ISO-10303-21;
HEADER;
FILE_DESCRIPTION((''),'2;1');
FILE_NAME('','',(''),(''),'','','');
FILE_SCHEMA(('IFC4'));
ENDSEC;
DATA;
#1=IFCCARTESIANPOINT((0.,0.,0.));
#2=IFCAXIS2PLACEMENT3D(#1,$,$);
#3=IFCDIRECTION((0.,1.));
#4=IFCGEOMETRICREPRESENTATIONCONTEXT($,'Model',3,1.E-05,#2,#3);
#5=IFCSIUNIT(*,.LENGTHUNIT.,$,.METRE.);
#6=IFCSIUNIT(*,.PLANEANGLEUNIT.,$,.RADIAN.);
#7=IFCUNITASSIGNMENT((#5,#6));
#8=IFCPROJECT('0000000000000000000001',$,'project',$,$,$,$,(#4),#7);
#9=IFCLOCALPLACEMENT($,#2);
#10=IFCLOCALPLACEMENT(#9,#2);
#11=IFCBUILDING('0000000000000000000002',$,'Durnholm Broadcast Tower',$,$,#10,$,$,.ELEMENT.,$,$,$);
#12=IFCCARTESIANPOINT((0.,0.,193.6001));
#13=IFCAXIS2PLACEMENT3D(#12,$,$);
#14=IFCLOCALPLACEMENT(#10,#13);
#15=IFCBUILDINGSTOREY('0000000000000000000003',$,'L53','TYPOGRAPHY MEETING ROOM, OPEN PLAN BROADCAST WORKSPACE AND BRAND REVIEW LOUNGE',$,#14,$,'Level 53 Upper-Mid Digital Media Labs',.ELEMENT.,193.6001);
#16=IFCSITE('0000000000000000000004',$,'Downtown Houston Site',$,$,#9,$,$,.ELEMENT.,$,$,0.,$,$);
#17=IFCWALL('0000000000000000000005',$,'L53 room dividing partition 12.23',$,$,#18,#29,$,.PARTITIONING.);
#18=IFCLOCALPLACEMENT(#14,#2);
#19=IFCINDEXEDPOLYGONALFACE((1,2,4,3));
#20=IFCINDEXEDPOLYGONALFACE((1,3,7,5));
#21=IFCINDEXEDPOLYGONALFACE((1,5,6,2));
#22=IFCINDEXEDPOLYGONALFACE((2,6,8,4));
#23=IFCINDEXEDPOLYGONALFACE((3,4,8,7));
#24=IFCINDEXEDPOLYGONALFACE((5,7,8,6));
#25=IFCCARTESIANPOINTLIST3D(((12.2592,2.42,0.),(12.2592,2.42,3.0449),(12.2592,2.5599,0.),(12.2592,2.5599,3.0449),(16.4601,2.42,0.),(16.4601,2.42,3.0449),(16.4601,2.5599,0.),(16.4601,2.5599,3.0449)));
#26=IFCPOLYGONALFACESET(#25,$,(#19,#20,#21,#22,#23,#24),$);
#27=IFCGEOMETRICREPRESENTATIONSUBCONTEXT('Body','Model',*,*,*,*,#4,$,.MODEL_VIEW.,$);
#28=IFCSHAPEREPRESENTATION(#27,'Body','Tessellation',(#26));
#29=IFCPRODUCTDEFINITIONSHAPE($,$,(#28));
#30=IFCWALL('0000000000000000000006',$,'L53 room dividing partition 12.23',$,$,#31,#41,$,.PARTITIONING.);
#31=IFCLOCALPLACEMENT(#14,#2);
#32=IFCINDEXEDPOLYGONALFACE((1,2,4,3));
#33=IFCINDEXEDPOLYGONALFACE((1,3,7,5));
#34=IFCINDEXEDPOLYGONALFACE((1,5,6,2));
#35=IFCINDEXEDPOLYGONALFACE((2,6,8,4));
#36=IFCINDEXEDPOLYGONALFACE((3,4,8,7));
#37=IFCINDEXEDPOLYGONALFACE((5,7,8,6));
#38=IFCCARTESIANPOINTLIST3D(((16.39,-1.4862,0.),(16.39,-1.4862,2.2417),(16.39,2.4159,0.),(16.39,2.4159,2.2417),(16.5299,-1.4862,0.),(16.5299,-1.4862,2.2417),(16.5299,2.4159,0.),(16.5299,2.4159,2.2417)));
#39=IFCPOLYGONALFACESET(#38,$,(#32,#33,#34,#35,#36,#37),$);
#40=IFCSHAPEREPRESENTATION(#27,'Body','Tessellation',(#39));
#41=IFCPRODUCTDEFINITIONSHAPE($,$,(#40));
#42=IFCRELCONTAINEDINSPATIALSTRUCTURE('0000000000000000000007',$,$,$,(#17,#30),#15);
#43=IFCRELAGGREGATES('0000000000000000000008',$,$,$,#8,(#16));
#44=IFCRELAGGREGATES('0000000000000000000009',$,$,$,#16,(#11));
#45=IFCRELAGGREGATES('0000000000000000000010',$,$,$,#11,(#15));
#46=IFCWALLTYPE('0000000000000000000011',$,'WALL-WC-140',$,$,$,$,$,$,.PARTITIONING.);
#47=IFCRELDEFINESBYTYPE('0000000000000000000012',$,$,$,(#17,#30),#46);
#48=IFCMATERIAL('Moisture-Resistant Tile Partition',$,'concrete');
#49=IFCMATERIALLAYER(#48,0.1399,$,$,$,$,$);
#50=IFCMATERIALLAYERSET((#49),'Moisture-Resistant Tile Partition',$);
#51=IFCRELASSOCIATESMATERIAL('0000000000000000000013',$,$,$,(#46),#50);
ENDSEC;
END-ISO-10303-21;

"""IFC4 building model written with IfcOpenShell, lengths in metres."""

from ifc_helpers import new_model, si_unit, direction, frame, frame_2d, origin, place, context, subcontext, project, spatial, rectangle, extrude, material, layer, layer_set, type_object, element, save


model = new_model("IFC4")

# Units and contexts
model_context = context("Model", 3, precision=1e-05, world=origin(), true_north=direction((0.0, 1.0)))
body_context = subcontext(model_context, "Body", "Model", "MODEL_VIEW")
ifc_project = project(units=[si_unit("LENGTHUNIT", "METRE"), si_unit("PLANEANGLEUNIT", "RADIAN")], contexts=[model_context])

# Site, building, storey
site_placement = place(None, origin())
site = spatial("IfcSite", under=ifc_project, at=site_placement, Name="Downtown Houston Site", CompositionType="ELEMENT", RefElevation=0.0)
building_placement = place(site_placement, origin())
building = spatial("IfcBuilding", under=site, at=building_placement, Name="Durnholm Broadcast Tower", CompositionType="ELEMENT")
storey_placement = place(building_placement, frame((0.0, 0.0, 193.6001)))
storey = spatial("IfcBuildingStorey", under=building, at=storey_placement, Name="L53", Description="TYPOGRAPHY MEETING ROOM, OPEN PLAN BROADCAST WORKSPACE AND BRAND REVIEW LOUNGE", LongName="Level 53 Upper-Mid Digital Media Labs", CompositionType="ELEMENT", Elevation=193.6001)

# Walls
ifc_material_1 = material(Name="Moisture-Resistant Tile Partition", Category="concrete")
ifc_layer_1 = layer(ifc_material_1, 0.1399)
ifc_layer_set_1 = layer_set([ifc_layer_1], Name="Moisture-Resistant Tile Partition")
wall_type_1 = type_object("IfcWallType", Name="WALL-WC-140", PredefinedType="PARTITIONING", material=ifc_layer_set_1)
wall_1_placement = place(storey_placement, frame((12.259, 2.49, 0.0), z_axis=(0.0, 0.0, 1.0), x_axis=(1.0, 0.0, 0.0)))
element("IfcWall", 1, at=wall_1_placement, inside=storey, type_object=wall_type_1, Name="L53 room dividing partition 12.23", PredefinedType="PARTITIONING", context=body_context, shape_type="SweptSolid", body=[
    extrude(rectangle(XDim=4.2009, YDim=0.1399, at=frame_2d((2.1006, 0.0))), origin(), (0.0, 0.0, 1.0), 3.0449),
])
wall_2_placement = place(storey_placement, frame((16.46, 2.416, 0.0), z_axis=(0.0, 0.0, 1.0), x_axis=(0.0, -1.0, 0.0)))
element("IfcWall", 2, at=wall_2_placement, inside=storey, type_object=wall_type_1, Name="L53 room dividing partition 12.23", PredefinedType="PARTITIONING", context=body_context, shape_type="SweptSolid", body=[
    extrude(rectangle(XDim=3.9021, YDim=0.1399, at=frame_2d((1.9512, 0.0))), origin(), (0.0, 0.0, 1.0), 2.2417),
])

save(model, "model.ifc")
